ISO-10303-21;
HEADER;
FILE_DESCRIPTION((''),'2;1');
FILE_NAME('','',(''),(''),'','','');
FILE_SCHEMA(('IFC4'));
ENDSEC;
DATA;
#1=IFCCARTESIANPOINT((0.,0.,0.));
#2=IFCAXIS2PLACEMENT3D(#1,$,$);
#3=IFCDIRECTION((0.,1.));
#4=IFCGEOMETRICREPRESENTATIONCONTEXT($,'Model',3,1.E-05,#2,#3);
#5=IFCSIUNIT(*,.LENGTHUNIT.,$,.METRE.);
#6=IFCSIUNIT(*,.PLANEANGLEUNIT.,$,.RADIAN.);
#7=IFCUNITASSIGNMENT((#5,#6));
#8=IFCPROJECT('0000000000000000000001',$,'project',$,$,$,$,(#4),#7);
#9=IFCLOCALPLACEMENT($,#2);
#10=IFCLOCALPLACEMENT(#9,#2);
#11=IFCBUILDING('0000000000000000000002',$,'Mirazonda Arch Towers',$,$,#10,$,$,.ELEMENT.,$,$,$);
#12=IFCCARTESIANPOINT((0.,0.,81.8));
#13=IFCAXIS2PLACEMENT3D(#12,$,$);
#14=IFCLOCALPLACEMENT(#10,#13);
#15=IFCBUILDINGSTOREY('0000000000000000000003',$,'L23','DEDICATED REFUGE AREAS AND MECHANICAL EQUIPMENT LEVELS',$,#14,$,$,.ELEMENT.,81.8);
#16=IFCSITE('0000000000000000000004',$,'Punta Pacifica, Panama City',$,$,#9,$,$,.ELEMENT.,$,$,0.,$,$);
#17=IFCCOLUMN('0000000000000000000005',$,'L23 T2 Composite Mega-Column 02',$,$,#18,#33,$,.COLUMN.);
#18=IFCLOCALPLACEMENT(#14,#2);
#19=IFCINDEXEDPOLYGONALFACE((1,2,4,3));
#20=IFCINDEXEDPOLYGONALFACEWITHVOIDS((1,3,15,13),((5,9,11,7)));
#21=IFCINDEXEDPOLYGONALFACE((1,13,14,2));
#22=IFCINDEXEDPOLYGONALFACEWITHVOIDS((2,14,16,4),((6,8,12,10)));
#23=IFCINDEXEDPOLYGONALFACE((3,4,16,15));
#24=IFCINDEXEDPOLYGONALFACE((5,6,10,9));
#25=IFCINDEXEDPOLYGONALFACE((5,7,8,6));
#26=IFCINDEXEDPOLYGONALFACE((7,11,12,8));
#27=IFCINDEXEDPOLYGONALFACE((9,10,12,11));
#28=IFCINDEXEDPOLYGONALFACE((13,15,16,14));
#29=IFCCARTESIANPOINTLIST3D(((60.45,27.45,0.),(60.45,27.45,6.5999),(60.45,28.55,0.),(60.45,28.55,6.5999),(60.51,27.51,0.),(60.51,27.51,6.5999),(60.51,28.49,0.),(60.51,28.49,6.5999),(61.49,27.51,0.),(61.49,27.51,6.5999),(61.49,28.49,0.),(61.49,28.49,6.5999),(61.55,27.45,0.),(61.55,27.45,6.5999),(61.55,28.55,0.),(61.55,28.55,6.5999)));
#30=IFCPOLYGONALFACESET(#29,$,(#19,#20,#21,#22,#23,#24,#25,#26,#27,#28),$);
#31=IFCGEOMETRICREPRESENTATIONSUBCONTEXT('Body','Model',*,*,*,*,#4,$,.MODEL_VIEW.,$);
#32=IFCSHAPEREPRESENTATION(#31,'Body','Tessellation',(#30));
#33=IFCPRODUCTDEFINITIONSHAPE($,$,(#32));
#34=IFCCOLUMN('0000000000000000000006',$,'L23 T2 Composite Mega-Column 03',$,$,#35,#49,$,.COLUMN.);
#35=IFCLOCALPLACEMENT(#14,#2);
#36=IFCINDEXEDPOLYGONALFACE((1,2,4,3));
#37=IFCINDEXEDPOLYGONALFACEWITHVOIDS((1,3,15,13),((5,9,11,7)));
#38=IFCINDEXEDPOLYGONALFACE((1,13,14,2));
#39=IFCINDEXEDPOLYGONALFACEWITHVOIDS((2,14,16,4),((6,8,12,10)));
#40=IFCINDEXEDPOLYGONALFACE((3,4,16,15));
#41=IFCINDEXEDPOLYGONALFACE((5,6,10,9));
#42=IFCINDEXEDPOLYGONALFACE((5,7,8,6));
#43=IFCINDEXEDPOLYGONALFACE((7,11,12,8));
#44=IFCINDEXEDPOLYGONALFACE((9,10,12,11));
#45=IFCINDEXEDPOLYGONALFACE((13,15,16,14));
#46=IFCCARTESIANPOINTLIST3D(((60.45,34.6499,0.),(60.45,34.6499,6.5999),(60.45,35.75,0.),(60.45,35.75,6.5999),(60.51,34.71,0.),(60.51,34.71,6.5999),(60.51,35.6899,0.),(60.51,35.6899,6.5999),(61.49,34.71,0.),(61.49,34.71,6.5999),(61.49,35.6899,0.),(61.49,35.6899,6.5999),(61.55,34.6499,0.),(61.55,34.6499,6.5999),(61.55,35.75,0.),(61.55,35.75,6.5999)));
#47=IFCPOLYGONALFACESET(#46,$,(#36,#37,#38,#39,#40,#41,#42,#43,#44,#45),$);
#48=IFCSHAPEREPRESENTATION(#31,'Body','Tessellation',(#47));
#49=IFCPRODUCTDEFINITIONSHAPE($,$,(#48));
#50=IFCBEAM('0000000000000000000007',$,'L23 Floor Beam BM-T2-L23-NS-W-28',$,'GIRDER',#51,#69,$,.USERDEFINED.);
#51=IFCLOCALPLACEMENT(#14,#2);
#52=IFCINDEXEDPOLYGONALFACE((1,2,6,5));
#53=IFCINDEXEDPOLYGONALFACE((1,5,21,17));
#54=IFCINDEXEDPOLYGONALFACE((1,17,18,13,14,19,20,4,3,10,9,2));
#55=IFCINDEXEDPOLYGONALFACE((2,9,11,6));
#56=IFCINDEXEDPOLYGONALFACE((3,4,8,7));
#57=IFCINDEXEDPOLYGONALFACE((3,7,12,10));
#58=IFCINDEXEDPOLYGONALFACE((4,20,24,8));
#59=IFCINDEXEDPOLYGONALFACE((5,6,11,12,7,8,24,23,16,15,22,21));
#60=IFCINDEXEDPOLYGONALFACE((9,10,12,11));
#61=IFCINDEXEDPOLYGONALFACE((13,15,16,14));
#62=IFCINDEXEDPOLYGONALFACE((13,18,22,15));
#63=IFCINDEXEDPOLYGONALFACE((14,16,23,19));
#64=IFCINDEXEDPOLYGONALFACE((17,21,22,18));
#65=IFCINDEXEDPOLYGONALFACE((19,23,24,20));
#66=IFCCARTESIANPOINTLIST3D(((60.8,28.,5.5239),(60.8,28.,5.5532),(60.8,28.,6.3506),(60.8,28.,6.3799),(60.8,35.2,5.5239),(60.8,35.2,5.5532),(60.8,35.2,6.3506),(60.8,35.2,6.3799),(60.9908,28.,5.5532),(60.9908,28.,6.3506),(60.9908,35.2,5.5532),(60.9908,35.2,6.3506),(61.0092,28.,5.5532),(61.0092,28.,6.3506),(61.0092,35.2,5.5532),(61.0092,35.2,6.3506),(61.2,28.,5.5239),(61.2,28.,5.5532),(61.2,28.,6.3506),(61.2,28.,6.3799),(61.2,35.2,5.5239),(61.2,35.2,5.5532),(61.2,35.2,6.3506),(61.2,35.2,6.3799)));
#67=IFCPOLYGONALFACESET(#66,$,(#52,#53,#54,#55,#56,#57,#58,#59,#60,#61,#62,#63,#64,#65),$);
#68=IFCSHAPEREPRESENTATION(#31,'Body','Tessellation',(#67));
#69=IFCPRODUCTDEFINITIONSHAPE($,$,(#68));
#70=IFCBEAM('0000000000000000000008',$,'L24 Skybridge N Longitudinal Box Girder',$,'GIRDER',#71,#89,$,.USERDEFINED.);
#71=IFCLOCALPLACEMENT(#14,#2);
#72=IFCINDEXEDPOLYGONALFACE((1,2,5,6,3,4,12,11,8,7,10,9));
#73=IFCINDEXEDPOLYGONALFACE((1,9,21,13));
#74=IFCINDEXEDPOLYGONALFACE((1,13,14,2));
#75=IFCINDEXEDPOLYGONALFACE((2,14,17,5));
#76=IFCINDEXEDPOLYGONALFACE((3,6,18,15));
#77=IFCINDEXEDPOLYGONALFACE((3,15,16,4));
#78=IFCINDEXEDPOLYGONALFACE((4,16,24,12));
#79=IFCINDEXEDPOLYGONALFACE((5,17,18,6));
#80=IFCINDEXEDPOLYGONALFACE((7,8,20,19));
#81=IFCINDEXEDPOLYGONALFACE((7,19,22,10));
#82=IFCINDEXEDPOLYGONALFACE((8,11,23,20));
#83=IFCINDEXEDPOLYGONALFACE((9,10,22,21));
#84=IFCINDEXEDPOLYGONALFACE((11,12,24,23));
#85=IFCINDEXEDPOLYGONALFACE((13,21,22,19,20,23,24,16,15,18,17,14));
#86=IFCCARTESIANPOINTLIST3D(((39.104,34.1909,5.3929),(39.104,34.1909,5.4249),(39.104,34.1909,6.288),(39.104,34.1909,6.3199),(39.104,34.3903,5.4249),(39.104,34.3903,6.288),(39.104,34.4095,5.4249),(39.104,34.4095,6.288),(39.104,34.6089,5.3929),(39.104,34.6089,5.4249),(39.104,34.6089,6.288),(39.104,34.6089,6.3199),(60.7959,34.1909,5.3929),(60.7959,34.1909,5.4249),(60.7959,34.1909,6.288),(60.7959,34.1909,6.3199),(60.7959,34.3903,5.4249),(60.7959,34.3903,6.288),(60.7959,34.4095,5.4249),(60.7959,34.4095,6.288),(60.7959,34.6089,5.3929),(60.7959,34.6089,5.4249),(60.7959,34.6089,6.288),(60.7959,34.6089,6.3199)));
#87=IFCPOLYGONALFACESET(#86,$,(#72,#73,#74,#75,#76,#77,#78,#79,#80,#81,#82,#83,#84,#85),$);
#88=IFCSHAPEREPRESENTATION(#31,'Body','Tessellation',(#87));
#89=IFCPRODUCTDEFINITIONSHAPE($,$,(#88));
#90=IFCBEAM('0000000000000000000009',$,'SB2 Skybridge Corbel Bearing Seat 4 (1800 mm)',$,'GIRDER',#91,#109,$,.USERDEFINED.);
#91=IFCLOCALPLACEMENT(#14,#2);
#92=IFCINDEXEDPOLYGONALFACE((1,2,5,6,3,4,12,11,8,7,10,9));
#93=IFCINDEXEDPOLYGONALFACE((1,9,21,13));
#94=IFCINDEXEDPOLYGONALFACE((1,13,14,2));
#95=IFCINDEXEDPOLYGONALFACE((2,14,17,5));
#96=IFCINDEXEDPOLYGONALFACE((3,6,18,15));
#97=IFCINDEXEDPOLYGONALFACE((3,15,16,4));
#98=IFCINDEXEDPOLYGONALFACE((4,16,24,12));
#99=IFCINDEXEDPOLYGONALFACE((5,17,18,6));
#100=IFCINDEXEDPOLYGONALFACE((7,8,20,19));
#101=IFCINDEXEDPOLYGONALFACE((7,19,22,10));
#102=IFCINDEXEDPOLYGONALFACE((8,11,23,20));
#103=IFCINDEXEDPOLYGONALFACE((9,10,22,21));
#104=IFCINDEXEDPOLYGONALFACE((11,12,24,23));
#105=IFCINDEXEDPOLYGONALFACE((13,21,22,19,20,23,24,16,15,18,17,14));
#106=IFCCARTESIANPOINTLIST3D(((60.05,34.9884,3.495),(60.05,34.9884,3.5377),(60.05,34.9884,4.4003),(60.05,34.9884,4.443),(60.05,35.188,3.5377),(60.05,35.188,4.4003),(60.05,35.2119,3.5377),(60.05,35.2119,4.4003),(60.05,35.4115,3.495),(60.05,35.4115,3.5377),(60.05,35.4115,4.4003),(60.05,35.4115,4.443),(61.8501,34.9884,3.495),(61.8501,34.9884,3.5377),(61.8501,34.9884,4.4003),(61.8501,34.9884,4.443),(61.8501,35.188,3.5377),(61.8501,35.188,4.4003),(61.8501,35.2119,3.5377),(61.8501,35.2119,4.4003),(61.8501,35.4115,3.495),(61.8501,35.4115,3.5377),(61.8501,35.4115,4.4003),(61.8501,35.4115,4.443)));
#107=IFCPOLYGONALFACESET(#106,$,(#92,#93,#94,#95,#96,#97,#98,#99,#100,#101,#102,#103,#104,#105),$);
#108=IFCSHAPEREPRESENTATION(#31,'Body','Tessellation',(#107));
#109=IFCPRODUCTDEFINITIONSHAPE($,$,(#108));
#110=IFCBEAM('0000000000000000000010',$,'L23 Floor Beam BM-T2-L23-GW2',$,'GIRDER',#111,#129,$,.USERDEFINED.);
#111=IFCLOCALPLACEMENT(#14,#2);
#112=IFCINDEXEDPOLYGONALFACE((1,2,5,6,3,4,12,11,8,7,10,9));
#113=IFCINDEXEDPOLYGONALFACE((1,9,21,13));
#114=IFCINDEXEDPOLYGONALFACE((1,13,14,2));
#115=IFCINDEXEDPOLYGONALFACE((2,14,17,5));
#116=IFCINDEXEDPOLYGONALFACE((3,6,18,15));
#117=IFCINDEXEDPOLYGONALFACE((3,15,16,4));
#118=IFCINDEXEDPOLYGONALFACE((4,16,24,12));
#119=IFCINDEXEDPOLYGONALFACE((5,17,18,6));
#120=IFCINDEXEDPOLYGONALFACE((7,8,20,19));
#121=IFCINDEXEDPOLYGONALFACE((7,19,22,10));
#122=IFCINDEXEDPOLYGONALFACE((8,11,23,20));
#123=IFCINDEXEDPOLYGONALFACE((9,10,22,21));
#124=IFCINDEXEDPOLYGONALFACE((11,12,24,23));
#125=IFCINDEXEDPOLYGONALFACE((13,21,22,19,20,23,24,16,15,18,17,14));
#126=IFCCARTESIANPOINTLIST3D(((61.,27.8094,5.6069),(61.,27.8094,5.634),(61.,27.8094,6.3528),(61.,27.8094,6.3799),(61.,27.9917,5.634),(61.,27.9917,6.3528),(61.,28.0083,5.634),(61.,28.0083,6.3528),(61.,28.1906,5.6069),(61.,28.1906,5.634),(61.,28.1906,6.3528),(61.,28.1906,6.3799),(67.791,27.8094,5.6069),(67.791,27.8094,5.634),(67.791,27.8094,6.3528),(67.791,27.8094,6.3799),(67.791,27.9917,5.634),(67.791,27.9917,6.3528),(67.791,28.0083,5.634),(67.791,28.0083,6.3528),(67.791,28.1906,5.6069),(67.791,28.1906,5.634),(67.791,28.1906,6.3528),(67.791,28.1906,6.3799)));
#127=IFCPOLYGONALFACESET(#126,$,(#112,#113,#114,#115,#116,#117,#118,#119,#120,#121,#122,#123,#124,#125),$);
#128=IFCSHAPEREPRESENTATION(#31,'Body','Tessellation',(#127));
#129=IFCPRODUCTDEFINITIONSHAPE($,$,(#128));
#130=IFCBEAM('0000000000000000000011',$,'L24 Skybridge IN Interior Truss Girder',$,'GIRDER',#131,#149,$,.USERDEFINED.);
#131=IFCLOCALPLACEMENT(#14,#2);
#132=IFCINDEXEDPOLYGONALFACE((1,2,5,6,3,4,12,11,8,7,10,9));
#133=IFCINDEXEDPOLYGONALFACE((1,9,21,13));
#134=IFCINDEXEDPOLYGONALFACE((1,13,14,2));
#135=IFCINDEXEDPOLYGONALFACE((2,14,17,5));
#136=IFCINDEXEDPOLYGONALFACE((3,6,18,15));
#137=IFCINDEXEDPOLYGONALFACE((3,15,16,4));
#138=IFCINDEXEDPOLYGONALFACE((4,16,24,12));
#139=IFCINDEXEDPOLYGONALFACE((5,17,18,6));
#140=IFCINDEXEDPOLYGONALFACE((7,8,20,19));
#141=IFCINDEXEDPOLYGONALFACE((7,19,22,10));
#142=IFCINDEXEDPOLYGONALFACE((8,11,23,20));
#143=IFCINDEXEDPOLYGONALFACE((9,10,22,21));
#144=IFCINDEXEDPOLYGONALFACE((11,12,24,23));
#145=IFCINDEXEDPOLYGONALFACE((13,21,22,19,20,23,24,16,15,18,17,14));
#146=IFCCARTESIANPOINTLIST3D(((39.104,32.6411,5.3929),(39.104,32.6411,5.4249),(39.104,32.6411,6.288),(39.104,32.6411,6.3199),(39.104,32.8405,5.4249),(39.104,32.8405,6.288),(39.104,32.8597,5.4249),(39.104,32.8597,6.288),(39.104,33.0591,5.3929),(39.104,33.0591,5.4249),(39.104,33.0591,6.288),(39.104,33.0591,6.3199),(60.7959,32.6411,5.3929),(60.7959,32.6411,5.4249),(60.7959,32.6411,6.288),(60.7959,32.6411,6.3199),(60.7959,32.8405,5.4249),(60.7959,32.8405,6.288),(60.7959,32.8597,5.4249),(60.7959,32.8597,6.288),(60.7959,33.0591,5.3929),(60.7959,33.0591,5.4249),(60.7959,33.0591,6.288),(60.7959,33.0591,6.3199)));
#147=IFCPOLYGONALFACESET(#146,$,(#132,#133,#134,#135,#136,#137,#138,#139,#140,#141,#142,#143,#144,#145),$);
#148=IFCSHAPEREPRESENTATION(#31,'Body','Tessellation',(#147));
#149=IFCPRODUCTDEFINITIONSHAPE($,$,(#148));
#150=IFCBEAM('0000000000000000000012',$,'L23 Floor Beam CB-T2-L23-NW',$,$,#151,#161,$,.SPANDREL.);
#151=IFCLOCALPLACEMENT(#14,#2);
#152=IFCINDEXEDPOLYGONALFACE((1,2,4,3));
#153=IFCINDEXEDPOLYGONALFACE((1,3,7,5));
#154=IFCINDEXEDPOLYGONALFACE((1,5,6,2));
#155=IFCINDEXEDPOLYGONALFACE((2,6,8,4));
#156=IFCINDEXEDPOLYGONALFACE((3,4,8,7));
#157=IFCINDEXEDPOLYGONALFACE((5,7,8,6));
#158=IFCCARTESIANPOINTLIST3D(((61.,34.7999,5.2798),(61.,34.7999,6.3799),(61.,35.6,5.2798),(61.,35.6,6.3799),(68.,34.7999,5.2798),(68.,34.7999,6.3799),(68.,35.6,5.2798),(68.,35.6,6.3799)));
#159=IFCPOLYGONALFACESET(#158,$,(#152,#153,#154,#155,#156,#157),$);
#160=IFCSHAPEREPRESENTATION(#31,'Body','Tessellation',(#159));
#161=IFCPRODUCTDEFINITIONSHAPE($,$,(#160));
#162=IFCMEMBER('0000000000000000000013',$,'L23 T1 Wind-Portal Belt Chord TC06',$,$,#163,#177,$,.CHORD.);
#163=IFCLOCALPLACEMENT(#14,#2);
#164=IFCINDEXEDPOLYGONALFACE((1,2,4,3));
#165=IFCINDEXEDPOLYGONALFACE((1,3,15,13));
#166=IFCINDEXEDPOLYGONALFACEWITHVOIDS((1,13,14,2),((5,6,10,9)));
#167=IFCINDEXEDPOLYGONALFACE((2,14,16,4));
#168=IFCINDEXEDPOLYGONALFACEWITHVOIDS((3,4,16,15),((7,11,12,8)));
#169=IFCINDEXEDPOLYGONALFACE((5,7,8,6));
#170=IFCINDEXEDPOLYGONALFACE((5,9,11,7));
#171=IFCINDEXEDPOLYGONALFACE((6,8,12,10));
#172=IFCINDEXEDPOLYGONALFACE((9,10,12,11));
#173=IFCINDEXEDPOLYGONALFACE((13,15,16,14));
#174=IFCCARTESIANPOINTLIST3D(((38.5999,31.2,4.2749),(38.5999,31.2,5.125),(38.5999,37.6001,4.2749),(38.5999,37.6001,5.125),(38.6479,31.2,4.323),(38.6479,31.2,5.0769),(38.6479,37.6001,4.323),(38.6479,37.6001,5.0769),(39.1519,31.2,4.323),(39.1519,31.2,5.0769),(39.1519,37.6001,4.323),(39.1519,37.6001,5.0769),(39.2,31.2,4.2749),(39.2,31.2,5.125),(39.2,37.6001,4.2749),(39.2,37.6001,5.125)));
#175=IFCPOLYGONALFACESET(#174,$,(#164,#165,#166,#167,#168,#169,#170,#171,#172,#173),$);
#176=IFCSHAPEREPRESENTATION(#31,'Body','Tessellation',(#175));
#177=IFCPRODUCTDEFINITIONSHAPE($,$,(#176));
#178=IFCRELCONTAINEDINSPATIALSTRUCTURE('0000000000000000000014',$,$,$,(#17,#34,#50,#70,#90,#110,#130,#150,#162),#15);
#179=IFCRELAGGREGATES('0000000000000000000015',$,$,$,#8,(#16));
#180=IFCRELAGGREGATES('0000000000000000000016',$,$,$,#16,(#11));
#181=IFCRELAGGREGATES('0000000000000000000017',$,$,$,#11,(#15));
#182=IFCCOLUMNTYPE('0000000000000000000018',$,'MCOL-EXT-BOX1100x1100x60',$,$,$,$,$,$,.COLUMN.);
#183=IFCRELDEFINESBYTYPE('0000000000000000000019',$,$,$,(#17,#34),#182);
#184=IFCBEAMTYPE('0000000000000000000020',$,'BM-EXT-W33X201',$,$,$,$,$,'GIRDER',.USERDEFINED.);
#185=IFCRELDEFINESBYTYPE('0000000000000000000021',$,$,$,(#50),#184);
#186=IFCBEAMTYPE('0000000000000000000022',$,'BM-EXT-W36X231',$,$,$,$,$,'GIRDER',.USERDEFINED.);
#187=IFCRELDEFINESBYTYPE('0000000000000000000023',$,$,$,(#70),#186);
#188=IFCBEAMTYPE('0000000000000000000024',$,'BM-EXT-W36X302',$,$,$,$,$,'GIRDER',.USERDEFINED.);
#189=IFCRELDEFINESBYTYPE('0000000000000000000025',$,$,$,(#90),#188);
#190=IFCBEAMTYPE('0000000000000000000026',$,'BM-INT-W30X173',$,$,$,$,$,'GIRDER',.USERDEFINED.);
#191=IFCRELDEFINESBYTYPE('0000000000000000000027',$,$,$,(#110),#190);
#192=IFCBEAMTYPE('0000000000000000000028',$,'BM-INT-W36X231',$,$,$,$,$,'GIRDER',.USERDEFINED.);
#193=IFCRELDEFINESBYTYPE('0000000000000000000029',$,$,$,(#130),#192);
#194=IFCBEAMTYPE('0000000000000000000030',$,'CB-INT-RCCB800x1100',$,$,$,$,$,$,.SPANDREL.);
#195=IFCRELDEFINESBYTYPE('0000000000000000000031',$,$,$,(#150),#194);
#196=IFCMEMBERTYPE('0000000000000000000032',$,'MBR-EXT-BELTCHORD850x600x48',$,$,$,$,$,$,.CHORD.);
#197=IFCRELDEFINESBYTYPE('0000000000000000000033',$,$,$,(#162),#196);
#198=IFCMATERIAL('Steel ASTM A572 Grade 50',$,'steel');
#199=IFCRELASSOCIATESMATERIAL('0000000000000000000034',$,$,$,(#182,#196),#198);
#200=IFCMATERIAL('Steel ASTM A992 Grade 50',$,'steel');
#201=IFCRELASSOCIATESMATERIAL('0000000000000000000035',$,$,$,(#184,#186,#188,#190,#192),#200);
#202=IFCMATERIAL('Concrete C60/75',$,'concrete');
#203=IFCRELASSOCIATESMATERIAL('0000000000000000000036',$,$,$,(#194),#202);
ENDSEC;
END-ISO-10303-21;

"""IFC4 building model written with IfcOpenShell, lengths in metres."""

from ifc_helpers import new_model, si_unit, direction, frame, origin, origin_2d, place, context, subcontext, project, spatial, rectangle, hollow_rectangle, i_section, extrude, material, material_profile, profile_set, type_object, element, save


model = new_model("IFC4")

# Units and contexts
model_context = context("Model", 3, precision=1e-05, world=origin(), true_north=direction((0.0, 1.0)))
body_context = subcontext(model_context, "Body", "Model", "MODEL_VIEW")
ifc_project = project(units=[si_unit("LENGTHUNIT", "METRE"), si_unit("PLANEANGLEUNIT", "RADIAN")], contexts=[model_context])

# Site, building, storey
site_placement = place(None, origin())
site = spatial("IfcSite", under=ifc_project, at=site_placement, Name="Punta Pacifica, Panama City", CompositionType="ELEMENT", RefElevation=0.0)
building_placement = place(site_placement, origin())
building = spatial("IfcBuilding", under=site, at=building_placement, Name="Mirazonda Arch Towers", CompositionType="ELEMENT")
storey_placement = place(building_placement, frame((0.0, 0.0, 81.8)))
storey = spatial("IfcBuildingStorey", under=building, at=storey_placement, Name="L23", Description="DEDICATED REFUGE AREAS AND MECHANICAL EQUIPMENT LEVELS", CompositionType="ELEMENT", Elevation=81.8)

# Columns
ifc_material_1 = material(Name="Steel ASTM A572 Grade 50", Category="steel")
ifc_material_profile_1 = material_profile(ifc_material_1, hollow_rectangle(XDim=1.1001, YDim=1.1001, WallThickness=0.0601, at=origin_2d()), Name="BOX1100x1100x60")
ifc_profile_set_1 = profile_set([ifc_material_profile_1], Name="Steel ASTM A572 Grade 50")
column_type = type_object("IfcColumnType", Name="MCOL-EXT-BOX1100x1100x60", PredefinedType="COLUMN", material=ifc_profile_set_1)
for number, where, z_axis, x_axis, name in (
    (1, (61.0, 28.0, 0.0), (0.0, 0.0, 1.0), (1.0, 0.0, 0.0), "L23 T2 Composite Mega-Column 02"),
    (2, (61.0, 35.2, 0.0), (0.0, 0.0, 1.0), (1.0, 0.0, 0.0), "L23 T2 Composite Mega-Column 03"),
):
    element("IfcColumn", number, at=place(storey_placement, frame(where, z_axis=z_axis, x_axis=x_axis)), inside=storey, type_object=column_type, Name=name, PredefinedType="COLUMN", context=body_context, shape_type="SweptSolid", body=[
        extrude(hollow_rectangle(XDim=1.1001, YDim=1.1001, WallThickness=0.0601, at=origin_2d()), origin(), (0.0, 0.0, 1.0), 6.5999),
    ])

# Beams
ifc_material_2 = material(Name="Steel ASTM A992 Grade 50", Category="steel")
ifc_material_profile_2 = material_profile(ifc_material_2, i_section(OverallWidth=0.3999, OverallDepth=0.856, WebThickness=0.0183, FlangeThickness=0.0293, at=origin_2d()), Name="W33X201")
ifc_profile_set_2 = profile_set([ifc_material_profile_2], Name="Steel ASTM A992 Grade 50")
beam_type_1 = type_object("IfcBeamType", Name="BM-EXT-W33X201", ElementType="GIRDER", PredefinedType="USERDEFINED", material=ifc_profile_set_2)
beam_1_placement = place(storey_placement, frame((61.0, 28.0, 5.9519), z_axis=(0.0, 1.0, 0.0), x_axis=(-1.0, 0.0, 0.0)))
element("IfcBeam", 3, at=beam_1_placement, inside=storey, type_object=beam_type_1, Name="L23 Floor Beam BM-T2-L23-NS-W-28", ObjectType="GIRDER", PredefinedType="USERDEFINED", context=body_context, shape_type="SweptSolid", body=[
    extrude(i_section(OverallWidth=0.3999, OverallDepth=0.856, WebThickness=0.0183, FlangeThickness=0.0293, at=origin_2d()), origin(), (0.0, 0.0, 1.0), 7.2),
])
ifc_material_profile_3 = material_profile(ifc_material_2, i_section(OverallWidth=0.418, OverallDepth=0.927, WebThickness=0.0193, FlangeThickness=0.032, at=origin_2d()), Name="W36X231")
ifc_profile_set_3 = profile_set([ifc_material_profile_3], Name="Steel ASTM A992 Grade 50")
beam_type_2 = type_object("IfcBeamType", Name="BM-EXT-W36X231", ElementType="GIRDER", PredefinedType="USERDEFINED", material=ifc_profile_set_3)
beam_2_placement = place(storey_placement, frame((39.104, 34.3999, 5.8564), z_axis=(1.0, 0.0, 0.0), x_axis=(0.0, 1.0, 0.0)))
element("IfcBeam", 4, at=beam_2_placement, inside=storey, type_object=beam_type_2, Name="L24 Skybridge N Longitudinal Box Girder", ObjectType="GIRDER", PredefinedType="USERDEFINED", context=body_context, shape_type="SweptSolid", body=[
    extrude(i_section(OverallWidth=0.418, OverallDepth=0.927, WebThickness=0.0193, FlangeThickness=0.032, at=origin_2d()), origin(), (0.0, 0.0, 1.0), 21.6919),
])
ifc_material_profile_4 = material_profile(ifc_material_2, i_section(OverallWidth=0.4231, OverallDepth=0.948, WebThickness=0.0239, FlangeThickness=0.0427, at=origin_2d()), Name="W36X302")
ifc_profile_set_4 = profile_set([ifc_material_profile_4], Name="Steel ASTM A992 Grade 50")
beam_type_3 = type_object("IfcBeamType", Name="BM-EXT-W36X302", ElementType="GIRDER", PredefinedType="USERDEFINED", material=ifc_profile_set_4)
beam_3_placement = place(storey_placement, frame((60.05, 35.2, 3.969), z_axis=(1.0, 0.0, 0.0), x_axis=(0.0, 1.0, 0.0)))
element("IfcBeam", 5, at=beam_3_placement, inside=storey, type_object=beam_type_3, Name="SB2 Skybridge Corbel Bearing Seat 4 (1800 mm)", ObjectType="GIRDER", PredefinedType="USERDEFINED", context=body_context, shape_type="SweptSolid", body=[
    extrude(i_section(OverallWidth=0.4231, OverallDepth=0.948, WebThickness=0.0239, FlangeThickness=0.0427, at=origin_2d()), origin(), (0.0, 0.0, 1.0), 1.8),
])
ifc_material_profile_5 = material_profile(ifc_material_2, i_section(OverallWidth=0.3811, OverallDepth=0.7729, WebThickness=0.0166, FlangeThickness=0.0271, at=origin_2d()), Name="W30X173")
ifc_profile_set_5 = profile_set([ifc_material_profile_5], Name="Steel ASTM A992 Grade 50")
beam_type_4 = type_object("IfcBeamType", Name="BM-INT-W30X173", ElementType="GIRDER", PredefinedType="USERDEFINED", material=ifc_profile_set_5)
beam_4_placement = place(storey_placement, frame((61.0, 28.0, 5.9934), z_axis=(1.0, 0.0, 0.0), x_axis=(0.0, 1.0, 0.0)))
element("IfcBeam", 6, at=beam_4_placement, inside=storey, type_object=beam_type_4, Name="L23 Floor Beam BM-T2-L23-GW2", ObjectType="GIRDER", PredefinedType="USERDEFINED", context=body_context, shape_type="SweptSolid", body=[
    extrude(i_section(OverallWidth=0.3811, OverallDepth=0.7729, WebThickness=0.0166, FlangeThickness=0.0271, at=origin_2d()), origin(), (0.0, 0.0, 1.0), 6.791),
])
ifc_material_profile_6 = material_profile(ifc_material_2, i_section(OverallWidth=0.418, OverallDepth=0.927, WebThickness=0.0193, FlangeThickness=0.032, at=origin_2d()), Name="W36X231")
ifc_profile_set_6 = profile_set([ifc_material_profile_6], Name="Steel ASTM A992 Grade 50")
beam_type_5 = type_object("IfcBeamType", Name="BM-INT-W36X231", ElementType="GIRDER", PredefinedType="USERDEFINED", material=ifc_profile_set_6)
beam_5_placement = place(storey_placement, frame((39.104, 32.8501, 5.8564), z_axis=(1.0, 0.0, 0.0), x_axis=(0.0, 1.0, 0.0)))
element("IfcBeam", 7, at=beam_5_placement, inside=storey, type_object=beam_type_5, Name="L24 Skybridge IN Interior Truss Girder", ObjectType="GIRDER", PredefinedType="USERDEFINED", context=body_context, shape_type="SweptSolid", body=[
    extrude(i_section(OverallWidth=0.418, OverallDepth=0.927, WebThickness=0.0193, FlangeThickness=0.032, at=origin_2d()), origin(), (0.0, 0.0, 1.0), 21.6919),
])
ifc_material_3 = material(Name="Concrete C60/75", Category="concrete")
ifc_material_profile_7 = material_profile(ifc_material_3, rectangle(XDim=0.8, YDim=1.1001, at=origin_2d()), Name="RCCB800x1100")
ifc_profile_set_7 = profile_set([ifc_material_profile_7], Name="Concrete C60/75")
beam_type_6 = type_object("IfcBeamType", Name="CB-INT-RCCB800x1100", PredefinedType="SPANDREL", material=ifc_profile_set_7)
beam_6_placement = place(storey_placement, frame((61.0, 35.2, 5.8298), z_axis=(1.0, 0.0, 0.0), x_axis=(0.0, 1.0, 0.0)))
element("IfcBeam", 8, at=beam_6_placement, inside=storey, type_object=beam_type_6, Name="L23 Floor Beam CB-T2-L23-NW", PredefinedType="SPANDREL", context=body_context, shape_type="SweptSolid", body=[
    extrude(rectangle(XDim=0.8, YDim=1.1001, at=origin_2d()), origin(), (0.0, 0.0, 1.0), 7.0),
])

# Member
ifc_material_profile_8 = material_profile(ifc_material_1, hollow_rectangle(XDim=0.6001, YDim=0.8501, WallThickness=0.0481, at=origin_2d()), Name="BELTCHORD850x600x48")
ifc_profile_set_8 = profile_set([ifc_material_profile_8], Name="Steel ASTM A572 Grade 50")
member_type_1 = type_object("IfcMemberType", Name="MBR-EXT-BELTCHORD850x600x48", PredefinedType="CHORD", material=ifc_profile_set_8)
member_1_placement = place(storey_placement, frame((38.8999, 31.2, 4.7), z_axis=(0.0, 1.0, 0.0), x_axis=(-1.0, 0.0, 0.0)))
element("IfcMember", 9, at=member_1_placement, inside=storey, type_object=member_type_1, Name="L23 T1 Wind-Portal Belt Chord TC06", PredefinedType="CHORD", context=body_context, shape_type="SweptSolid", body=[
    extrude(hollow_rectangle(XDim=0.6001, YDim=0.8501, WallThickness=0.0481, at=origin_2d()), origin(), (0.0, 0.0, 1.0), 6.4001),
])

save(model, "model.ifc")
